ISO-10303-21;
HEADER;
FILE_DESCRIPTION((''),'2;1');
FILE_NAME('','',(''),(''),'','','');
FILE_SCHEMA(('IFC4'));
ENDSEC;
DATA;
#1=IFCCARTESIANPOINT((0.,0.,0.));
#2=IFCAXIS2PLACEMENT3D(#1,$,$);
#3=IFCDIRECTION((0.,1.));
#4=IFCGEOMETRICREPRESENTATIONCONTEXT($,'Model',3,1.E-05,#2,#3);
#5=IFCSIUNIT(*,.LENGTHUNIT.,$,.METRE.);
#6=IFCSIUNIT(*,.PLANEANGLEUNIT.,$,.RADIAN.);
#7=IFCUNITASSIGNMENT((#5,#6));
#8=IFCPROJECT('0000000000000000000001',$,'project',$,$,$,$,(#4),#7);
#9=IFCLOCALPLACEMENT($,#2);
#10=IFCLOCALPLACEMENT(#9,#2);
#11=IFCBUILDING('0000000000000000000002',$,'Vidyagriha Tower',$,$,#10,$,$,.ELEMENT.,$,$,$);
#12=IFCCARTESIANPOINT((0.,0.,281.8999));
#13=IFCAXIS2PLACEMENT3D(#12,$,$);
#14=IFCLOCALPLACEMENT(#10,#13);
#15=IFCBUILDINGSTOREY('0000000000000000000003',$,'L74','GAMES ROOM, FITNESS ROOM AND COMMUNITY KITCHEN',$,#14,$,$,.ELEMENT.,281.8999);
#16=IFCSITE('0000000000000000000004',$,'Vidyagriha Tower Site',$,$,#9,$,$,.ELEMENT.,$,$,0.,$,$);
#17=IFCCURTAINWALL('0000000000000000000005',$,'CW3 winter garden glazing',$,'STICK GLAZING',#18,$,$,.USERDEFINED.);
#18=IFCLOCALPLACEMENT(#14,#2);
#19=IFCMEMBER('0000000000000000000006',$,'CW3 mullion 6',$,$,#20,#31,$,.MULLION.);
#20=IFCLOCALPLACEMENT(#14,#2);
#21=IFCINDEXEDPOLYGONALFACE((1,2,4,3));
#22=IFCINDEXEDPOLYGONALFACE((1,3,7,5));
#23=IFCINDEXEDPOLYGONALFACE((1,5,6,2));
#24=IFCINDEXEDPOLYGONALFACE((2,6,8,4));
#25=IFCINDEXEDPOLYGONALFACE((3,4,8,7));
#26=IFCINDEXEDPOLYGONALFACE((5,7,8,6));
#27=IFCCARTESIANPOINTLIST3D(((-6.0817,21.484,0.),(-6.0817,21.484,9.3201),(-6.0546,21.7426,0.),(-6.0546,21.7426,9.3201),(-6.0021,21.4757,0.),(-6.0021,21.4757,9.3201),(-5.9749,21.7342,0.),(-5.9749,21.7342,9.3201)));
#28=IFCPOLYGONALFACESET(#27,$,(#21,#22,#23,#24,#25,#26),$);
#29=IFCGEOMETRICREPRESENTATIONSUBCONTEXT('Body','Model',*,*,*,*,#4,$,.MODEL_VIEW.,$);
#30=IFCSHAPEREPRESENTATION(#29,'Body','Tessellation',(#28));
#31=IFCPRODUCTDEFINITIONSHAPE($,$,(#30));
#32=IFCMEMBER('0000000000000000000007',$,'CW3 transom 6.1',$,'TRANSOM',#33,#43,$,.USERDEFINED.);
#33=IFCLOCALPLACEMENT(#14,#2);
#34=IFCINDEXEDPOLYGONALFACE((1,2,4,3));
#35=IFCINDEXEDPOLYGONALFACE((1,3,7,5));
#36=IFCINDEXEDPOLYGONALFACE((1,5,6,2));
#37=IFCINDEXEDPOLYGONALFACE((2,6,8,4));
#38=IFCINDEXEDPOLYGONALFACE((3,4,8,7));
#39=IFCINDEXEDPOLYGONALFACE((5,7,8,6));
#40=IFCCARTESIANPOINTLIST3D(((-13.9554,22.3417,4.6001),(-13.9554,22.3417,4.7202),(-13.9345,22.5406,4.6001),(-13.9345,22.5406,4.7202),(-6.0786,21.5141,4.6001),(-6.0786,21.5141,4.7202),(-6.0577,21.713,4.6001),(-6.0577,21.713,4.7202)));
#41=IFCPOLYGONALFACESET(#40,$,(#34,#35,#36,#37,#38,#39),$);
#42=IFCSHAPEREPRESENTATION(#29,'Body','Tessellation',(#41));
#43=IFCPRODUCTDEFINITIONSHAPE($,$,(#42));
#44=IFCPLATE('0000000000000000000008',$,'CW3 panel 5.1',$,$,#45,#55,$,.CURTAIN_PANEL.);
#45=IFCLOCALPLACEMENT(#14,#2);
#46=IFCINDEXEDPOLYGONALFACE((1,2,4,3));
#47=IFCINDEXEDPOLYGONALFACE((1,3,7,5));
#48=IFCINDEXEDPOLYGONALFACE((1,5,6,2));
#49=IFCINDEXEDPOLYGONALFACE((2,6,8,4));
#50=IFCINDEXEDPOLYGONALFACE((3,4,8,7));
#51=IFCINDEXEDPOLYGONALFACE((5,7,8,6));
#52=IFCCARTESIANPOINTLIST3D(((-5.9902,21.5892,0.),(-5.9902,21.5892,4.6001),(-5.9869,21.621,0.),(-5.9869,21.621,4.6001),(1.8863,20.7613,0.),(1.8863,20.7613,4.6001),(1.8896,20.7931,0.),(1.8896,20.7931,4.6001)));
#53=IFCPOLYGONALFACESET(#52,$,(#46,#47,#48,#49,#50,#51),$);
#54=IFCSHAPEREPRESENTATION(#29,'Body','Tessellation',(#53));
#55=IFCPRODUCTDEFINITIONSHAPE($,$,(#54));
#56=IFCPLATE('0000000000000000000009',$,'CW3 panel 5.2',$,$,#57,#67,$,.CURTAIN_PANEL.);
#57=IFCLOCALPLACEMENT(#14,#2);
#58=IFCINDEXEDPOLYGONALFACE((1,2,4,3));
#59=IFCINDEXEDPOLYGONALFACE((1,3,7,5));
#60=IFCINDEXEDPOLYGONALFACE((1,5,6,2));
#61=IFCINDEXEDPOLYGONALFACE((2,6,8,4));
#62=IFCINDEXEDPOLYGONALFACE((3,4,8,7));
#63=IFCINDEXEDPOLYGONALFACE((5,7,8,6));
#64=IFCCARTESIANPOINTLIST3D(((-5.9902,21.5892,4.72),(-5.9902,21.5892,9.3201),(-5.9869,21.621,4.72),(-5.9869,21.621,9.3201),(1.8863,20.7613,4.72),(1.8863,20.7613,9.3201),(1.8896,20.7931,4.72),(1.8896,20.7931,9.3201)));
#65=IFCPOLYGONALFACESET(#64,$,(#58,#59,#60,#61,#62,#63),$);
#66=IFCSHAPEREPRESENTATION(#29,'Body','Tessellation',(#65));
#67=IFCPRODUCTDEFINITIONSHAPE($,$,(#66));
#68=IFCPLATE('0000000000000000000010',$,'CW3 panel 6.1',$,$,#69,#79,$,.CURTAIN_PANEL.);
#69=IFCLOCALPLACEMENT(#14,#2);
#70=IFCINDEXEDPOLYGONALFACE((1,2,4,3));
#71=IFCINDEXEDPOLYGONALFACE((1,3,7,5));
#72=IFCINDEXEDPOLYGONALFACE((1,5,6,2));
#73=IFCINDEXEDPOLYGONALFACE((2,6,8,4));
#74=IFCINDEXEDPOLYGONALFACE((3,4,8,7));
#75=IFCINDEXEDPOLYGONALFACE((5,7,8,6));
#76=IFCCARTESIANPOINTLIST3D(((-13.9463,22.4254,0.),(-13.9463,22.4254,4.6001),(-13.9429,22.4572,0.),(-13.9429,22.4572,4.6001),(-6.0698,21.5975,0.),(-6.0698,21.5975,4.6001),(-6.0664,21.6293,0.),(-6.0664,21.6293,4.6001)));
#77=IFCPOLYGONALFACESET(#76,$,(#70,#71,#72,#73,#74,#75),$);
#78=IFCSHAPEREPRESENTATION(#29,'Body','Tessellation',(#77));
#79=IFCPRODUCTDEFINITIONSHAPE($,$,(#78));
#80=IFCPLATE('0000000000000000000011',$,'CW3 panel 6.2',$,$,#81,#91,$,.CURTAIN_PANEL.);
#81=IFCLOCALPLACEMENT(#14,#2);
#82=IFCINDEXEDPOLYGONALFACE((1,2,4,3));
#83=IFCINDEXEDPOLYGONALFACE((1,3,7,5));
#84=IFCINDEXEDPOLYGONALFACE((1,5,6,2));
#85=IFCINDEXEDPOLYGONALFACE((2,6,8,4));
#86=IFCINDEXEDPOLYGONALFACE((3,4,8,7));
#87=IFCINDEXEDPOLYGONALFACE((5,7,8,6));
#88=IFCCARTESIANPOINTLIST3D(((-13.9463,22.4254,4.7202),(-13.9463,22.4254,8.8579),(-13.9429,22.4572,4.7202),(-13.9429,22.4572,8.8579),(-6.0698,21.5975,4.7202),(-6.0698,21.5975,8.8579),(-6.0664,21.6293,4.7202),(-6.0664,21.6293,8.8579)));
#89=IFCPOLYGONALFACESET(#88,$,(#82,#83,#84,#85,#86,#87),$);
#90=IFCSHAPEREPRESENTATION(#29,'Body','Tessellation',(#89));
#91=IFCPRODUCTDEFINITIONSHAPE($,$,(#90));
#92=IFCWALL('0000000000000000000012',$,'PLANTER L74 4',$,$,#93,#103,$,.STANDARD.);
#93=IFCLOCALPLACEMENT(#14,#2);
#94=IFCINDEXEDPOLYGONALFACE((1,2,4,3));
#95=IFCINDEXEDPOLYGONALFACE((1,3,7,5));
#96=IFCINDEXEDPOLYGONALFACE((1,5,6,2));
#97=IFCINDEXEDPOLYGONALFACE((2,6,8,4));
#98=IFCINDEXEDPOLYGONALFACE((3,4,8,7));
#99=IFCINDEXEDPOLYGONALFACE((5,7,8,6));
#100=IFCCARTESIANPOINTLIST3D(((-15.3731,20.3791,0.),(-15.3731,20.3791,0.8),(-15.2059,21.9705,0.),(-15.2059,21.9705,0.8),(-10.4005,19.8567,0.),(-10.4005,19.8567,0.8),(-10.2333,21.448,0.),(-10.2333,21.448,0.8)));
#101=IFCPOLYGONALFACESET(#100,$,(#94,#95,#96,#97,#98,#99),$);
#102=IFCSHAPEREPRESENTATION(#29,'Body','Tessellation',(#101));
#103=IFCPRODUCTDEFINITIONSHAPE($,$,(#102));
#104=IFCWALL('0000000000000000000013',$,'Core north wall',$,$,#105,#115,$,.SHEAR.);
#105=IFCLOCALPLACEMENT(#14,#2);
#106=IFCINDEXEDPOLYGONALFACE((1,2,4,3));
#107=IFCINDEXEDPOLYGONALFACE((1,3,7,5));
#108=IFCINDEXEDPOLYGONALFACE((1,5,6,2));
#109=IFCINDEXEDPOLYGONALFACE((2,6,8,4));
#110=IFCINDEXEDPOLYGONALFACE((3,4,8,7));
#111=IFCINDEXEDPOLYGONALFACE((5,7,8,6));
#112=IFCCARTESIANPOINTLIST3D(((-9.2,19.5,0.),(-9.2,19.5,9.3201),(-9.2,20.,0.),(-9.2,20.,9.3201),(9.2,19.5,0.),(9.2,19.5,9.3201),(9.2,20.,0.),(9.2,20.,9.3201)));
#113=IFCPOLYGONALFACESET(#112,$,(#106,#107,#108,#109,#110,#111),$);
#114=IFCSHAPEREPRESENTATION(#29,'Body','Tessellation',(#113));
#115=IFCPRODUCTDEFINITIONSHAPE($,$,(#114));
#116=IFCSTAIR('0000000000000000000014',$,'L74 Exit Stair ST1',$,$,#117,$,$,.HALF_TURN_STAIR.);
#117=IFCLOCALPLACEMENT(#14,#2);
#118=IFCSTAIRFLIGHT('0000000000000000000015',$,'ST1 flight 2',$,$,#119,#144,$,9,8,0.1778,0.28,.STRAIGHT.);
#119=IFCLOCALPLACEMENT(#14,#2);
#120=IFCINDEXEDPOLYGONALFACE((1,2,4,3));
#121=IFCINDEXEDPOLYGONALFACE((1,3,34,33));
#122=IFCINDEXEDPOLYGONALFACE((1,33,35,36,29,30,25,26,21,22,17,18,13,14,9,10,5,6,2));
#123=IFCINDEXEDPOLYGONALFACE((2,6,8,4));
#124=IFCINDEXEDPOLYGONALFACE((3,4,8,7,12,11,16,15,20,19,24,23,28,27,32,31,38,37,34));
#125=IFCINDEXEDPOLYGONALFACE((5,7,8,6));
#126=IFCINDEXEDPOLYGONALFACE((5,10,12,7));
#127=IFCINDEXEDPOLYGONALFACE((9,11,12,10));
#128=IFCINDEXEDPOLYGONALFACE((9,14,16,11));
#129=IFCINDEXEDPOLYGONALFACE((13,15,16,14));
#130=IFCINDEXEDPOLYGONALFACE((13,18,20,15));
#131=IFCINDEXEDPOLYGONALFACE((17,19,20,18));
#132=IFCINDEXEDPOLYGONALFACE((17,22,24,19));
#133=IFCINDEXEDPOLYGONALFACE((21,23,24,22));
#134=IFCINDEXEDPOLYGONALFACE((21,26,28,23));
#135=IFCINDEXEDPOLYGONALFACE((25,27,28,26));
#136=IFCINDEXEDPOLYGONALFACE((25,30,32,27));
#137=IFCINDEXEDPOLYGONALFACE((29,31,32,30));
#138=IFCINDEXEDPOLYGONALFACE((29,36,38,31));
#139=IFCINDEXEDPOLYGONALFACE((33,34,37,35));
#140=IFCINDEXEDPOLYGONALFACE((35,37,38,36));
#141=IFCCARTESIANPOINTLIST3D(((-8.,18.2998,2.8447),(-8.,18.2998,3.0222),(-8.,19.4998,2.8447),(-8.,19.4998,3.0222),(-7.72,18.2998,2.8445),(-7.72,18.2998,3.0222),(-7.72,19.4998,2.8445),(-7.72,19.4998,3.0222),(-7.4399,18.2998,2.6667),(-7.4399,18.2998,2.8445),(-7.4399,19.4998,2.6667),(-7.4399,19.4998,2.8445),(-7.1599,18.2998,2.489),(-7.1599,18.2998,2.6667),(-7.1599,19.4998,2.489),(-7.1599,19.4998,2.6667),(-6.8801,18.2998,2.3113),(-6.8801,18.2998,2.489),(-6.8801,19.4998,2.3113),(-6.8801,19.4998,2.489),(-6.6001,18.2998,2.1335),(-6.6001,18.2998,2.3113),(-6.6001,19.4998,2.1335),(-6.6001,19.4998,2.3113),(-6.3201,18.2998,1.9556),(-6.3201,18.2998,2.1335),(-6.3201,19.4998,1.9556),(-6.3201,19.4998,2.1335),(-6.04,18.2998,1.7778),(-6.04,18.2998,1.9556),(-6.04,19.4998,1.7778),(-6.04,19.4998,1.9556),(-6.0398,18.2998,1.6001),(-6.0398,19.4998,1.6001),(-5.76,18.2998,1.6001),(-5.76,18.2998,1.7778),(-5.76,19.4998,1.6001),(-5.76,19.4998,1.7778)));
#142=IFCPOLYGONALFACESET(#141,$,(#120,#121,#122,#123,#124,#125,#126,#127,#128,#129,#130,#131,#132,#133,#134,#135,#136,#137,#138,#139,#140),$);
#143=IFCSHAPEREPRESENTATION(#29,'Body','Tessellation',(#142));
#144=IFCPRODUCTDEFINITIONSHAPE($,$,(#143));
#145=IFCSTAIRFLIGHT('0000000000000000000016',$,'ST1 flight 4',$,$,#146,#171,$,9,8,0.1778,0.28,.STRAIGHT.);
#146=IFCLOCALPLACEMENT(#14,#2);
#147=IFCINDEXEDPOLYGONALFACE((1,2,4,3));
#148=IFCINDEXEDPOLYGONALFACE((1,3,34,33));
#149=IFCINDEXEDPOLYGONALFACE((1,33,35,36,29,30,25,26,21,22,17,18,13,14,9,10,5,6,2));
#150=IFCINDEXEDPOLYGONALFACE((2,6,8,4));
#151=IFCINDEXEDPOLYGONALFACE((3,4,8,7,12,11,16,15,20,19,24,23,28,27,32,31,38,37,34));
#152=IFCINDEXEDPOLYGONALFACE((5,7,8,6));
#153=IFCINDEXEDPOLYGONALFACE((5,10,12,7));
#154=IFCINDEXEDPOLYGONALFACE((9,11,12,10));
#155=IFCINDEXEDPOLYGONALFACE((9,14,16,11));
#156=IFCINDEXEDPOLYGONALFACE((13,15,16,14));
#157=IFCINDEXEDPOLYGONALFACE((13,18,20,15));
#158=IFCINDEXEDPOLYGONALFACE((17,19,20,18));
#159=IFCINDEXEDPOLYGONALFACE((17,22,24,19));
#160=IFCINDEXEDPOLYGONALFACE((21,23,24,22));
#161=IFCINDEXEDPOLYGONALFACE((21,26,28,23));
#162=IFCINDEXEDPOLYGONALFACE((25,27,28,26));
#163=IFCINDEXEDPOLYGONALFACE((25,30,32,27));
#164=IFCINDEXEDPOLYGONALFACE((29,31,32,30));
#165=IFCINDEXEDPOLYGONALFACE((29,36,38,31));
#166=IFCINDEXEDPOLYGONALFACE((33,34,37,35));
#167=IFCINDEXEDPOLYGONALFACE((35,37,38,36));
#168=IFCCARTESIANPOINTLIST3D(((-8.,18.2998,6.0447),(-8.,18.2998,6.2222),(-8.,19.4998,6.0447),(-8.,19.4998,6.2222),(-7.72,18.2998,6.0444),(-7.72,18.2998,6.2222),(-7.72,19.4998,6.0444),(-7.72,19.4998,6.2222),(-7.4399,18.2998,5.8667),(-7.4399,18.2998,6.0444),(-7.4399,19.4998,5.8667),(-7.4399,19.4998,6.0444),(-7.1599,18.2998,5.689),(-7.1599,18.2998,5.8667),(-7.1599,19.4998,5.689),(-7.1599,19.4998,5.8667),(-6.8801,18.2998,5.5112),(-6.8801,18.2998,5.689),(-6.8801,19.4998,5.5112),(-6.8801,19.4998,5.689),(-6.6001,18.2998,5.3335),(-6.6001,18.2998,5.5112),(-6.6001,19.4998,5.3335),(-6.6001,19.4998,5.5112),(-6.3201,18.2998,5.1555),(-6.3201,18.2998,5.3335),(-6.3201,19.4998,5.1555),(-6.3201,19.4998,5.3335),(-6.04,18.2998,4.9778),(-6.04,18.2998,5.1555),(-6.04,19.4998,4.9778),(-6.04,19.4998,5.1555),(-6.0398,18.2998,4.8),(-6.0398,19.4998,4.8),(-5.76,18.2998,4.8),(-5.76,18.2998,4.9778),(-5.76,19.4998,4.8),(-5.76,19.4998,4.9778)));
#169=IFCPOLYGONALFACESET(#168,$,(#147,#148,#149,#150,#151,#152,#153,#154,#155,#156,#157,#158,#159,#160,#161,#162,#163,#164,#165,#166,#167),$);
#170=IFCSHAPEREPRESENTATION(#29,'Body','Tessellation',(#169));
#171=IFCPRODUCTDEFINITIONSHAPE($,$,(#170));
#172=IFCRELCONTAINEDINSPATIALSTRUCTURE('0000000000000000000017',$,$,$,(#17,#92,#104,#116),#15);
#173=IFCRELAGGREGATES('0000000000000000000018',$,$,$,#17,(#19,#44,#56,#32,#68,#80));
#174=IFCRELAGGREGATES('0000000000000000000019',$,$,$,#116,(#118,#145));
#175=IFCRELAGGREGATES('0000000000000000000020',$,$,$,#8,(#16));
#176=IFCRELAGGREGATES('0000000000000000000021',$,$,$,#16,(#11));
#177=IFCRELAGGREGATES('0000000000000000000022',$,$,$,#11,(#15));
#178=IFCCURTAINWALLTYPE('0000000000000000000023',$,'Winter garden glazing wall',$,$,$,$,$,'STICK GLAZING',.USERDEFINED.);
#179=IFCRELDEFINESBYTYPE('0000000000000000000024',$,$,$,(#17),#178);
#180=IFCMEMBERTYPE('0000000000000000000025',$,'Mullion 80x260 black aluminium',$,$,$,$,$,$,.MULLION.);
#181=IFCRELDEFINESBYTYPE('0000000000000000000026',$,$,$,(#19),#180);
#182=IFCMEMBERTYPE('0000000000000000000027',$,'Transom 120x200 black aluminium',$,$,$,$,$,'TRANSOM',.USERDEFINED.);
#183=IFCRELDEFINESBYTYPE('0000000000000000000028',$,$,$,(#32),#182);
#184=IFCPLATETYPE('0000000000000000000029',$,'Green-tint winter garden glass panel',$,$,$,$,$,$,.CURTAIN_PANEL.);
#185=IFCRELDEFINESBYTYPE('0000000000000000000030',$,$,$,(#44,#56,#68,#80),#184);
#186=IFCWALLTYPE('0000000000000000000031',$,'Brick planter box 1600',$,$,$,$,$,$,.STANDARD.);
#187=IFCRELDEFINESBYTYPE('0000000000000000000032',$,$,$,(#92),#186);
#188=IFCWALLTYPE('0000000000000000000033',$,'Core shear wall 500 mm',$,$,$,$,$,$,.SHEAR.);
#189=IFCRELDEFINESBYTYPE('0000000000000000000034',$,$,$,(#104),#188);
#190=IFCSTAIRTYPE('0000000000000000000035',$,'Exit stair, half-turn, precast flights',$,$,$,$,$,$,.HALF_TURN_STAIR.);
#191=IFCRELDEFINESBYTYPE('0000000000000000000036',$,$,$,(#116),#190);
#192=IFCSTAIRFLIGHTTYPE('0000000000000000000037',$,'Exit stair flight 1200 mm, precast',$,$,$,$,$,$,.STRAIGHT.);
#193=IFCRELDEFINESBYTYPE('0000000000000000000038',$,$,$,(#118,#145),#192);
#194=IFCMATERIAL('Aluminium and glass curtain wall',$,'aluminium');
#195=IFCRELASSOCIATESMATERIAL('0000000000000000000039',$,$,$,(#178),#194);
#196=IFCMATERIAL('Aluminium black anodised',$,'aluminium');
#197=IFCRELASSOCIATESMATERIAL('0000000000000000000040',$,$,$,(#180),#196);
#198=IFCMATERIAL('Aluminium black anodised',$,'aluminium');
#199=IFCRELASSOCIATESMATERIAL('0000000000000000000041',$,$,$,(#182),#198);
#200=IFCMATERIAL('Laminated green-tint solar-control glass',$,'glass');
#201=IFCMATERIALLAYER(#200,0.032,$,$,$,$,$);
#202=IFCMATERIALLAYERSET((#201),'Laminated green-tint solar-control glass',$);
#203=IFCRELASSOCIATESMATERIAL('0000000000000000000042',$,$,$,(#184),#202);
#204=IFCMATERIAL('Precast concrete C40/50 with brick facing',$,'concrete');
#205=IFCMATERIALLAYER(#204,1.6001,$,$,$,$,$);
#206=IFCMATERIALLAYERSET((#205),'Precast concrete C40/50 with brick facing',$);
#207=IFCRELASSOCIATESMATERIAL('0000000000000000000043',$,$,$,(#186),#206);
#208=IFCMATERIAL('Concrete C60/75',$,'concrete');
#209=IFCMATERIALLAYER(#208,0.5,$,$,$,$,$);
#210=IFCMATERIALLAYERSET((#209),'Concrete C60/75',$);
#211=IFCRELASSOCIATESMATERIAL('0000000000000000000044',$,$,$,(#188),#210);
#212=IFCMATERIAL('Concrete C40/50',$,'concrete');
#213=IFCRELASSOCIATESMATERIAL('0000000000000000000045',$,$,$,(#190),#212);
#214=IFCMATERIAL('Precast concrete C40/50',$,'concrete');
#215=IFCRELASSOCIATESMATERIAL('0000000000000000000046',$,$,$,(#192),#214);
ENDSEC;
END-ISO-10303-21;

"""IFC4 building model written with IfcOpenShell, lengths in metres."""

from ifc_helpers import new_model, si_unit, direction, frame, frame_2d, origin, origin_2d, place, context, subcontext, project, spatial, polyline, rectangle, outline, extrude, material, layer, layer_set, material_profile, profile_set, type_object, element, aggregate, save


model = new_model("IFC4")

# Units and contexts
model_context = context("Model", 3, precision=1e-05, world=origin(), true_north=direction((0.0, 1.0)))
body_context = subcontext(model_context, "Body", "Model", "MODEL_VIEW")
ifc_project = project(units=[si_unit("LENGTHUNIT", "METRE"), si_unit("PLANEANGLEUNIT", "RADIAN")], contexts=[model_context])

# Site, building, storey
site_placement = place(None, origin())
site = spatial("IfcSite", under=ifc_project, at=site_placement, Name="Vidyagriha Tower Site", CompositionType="ELEMENT", RefElevation=0.0)
building_placement = place(site_placement, origin())
building = spatial("IfcBuilding", under=site, at=building_placement, Name="Vidyagriha Tower", CompositionType="ELEMENT")
storey_placement = place(building_placement, frame((0.0, 0.0, 281.8999)))
storey = spatial("IfcBuildingStorey", under=building, at=storey_placement, Name="L74", Description="GAMES ROOM, FITNESS ROOM AND COMMUNITY KITCHEN", CompositionType="ELEMENT", Elevation=281.8999)

# Curtain wall, members, plates
ifc_material_1 = material(Name="Aluminium and glass curtain wall", Category="aluminium")
curtain_wall_type = type_object("IfcCurtainWallType", Name="Winter garden glazing wall", ElementType="STICK GLAZING", PredefinedType="USERDEFINED", material=ifc_material_1)
curtain_wall_placement = place(storey_placement, origin())
curtain_wall = element("IfcCurtainWall", 1, at=curtain_wall_placement, inside=storey, type_object=curtain_wall_type, Name="CW3 winter garden glazing", ObjectType="STICK GLAZING", PredefinedType="USERDEFINED")
ifc_material_2 = material(Name="Aluminium black anodised", Category="aluminium")
ifc_material_profile_1 = material_profile(ifc_material_2, rectangle(XDim=0.26, YDim=0.0801, at=origin_2d()), Name="Mullion 80x260 black aluminium")
ifc_profile_set_1 = profile_set([ifc_material_profile_1], Name="Aluminium black anodised")
member_type_1 = type_object("IfcMemberType", Name="Mullion 80x260 black aluminium", PredefinedType="MULLION", material=ifc_profile_set_1)
member_1_placement = place(storey_placement, frame((-6.0283, 21.6091, 0.0), z_axis=(0.0, 0.0, 1.0), x_axis=(-0.104528, -0.994522, 0.0)))
member_1 = element("IfcMember", 2, at=member_1_placement, type_object=member_type_1, Name="CW3 mullion 6", PredefinedType="MULLION", context=body_context, shape_type="SweptSolid", body=[
    extrude(rectangle(XDim=0.26, YDim=0.0801, at=origin_2d()), origin(), (0.0, 0.0, 1.0), 9.3201),
])
ifc_material_3 = material(Name="Aluminium black anodised", Category="aluminium")
ifc_material_profile_2 = material_profile(ifc_material_3, rectangle(XDim=0.2, YDim=0.1201, at=origin_2d()), Name="Transom 120x200 black aluminium")
ifc_profile_set_2 = profile_set([ifc_material_profile_2], Name="Aluminium black anodised")
member_type_2 = type_object("IfcMemberType", Name="Transom 120x200 black aluminium", ElementType="TRANSOM", PredefinedType="USERDEFINED", material=ifc_profile_set_2)
member_2_placement = place(storey_placement, frame((-6.0681, 21.6135, 4.6602), z_axis=(-0.994525, 0.104499, 0.0), x_axis=(-0.104499, -0.994525, 0.0)))
member_2 = element("IfcMember", 3, at=member_2_placement, type_object=member_type_2, Name="CW3 transom 6.1", ObjectType="TRANSOM", PredefinedType="USERDEFINED", context=body_context, shape_type="SweptSolid", body=[
    extrude(rectangle(XDim=0.2, YDim=0.1201, at=origin_2d()), origin(), (0.0, 0.0, 1.0), 7.9202),
])
ifc_material_4 = material(Name="Laminated green-tint solar-control glass", Category="glass")
ifc_layer_1 = layer(ifc_material_4, 0.032)
ifc_layer_set_1 = layer_set([ifc_layer_1], Name="Laminated green-tint solar-control glass")
plate_type = type_object("IfcPlateType", Name="Green-tint winter garden glass panel", PredefinedType="CURTAIN_PANEL", material=ifc_layer_set_1)
plate_1_placement = place(storey_placement, frame((-2.0503, 21.1912, 0.0), z_axis=(0.0, 0.0, 1.0), x_axis=(-0.994522, 0.104528, 0.0)))
plate_1 = element("IfcPlate", 4, at=plate_1_placement, type_object=plate_type, Name="CW3 panel 5.1", PredefinedType="CURTAIN_PANEL", context=body_context, shape_type="SweptSolid", body=[
    extrude(rectangle(XDim=7.9199, YDim=0.032, at=origin_2d()), origin(), (0.0, 0.0, 1.0), 4.6001),
])
plate_2_placement = place(storey_placement, frame((-2.0503, 21.1912, 4.72), z_axis=(0.0, 0.0, 1.0), x_axis=(-0.994522, 0.104528, 0.0)))
plate_2 = element("IfcPlate", 5, at=plate_2_placement, type_object=plate_type, Name="CW3 panel 5.2", PredefinedType="CURTAIN_PANEL", context=body_context, shape_type="SweptSolid", body=[
    extrude(rectangle(XDim=7.9199, YDim=0.032, at=origin_2d()), origin(), (0.0, 0.0, 1.0), 4.6001),
])
plate_3_placement = place(storey_placement, frame((-10.0063, 22.0273, 0.0), z_axis=(0.0, 0.0, 1.0), x_axis=(-0.994522, 0.104528, 0.0)))
plate_3 = element("IfcPlate", 6, at=plate_3_placement, type_object=plate_type, Name="CW3 panel 6.1", PredefinedType="CURTAIN_PANEL", context=body_context, shape_type="SweptSolid", body=[
    extrude(rectangle(XDim=7.9199, YDim=0.032, at=origin_2d()), origin(), (0.0, 0.0, 1.0), 4.6001),
])
plate_4_placement = place(storey_placement, frame((-10.0063, 22.0273, 4.7202), z_axis=(0.0, 0.0, 1.0), x_axis=(-0.994522, 0.104528, 0.0)))
plate_4 = element("IfcPlate", 7, at=plate_4_placement, type_object=plate_type, Name="CW3 panel 6.2", PredefinedType="CURTAIN_PANEL", context=body_context, shape_type="SweptSolid", body=[
    extrude(rectangle(XDim=7.9199, YDim=0.032, at=origin_2d()), origin(), (0.0, 0.0, 1.0), 4.1377),
])
aggregate(curtain_wall, [member_1, plate_1, plate_2, member_2, plate_3, plate_4])

# Walls
ifc_material_5 = material(Name="Precast concrete C40/50 with brick facing", Category="concrete")
ifc_layer_2 = layer(ifc_material_5, 1.6001)
ifc_layer_set_2 = layer_set([ifc_layer_2], Name="Precast concrete C40/50 with brick facing")
wall_type_1 = type_object("IfcWallType", Name="Brick planter box 1600", PredefinedType="STANDARD", material=ifc_layer_set_2)
wall_1_placement = place(storey_placement, frame((-10.3169, 20.6523, 0.0), z_axis=(0.0, 0.0, 1.0), x_axis=(-0.994526, 0.104492, 0.0)))
element("IfcWall", 8, at=wall_1_placement, inside=storey, type_object=wall_type_1, Name="PLANTER L74 4", PredefinedType="STANDARD", context=body_context, shape_type="SweptSolid", body=[
    extrude(rectangle(XDim=5.0, YDim=1.6001, at=frame_2d((2.5, 0.0))), origin(), (0.0, 0.0, 1.0), 0.8),
])
ifc_material_6 = material(Name="Concrete C60/75", Category="concrete")
ifc_layer_3 = layer(ifc_material_6, 0.5)
ifc_layer_set_3 = layer_set([ifc_layer_3], Name="Concrete C60/75")
wall_type_2 = type_object("IfcWallType", Name="Core shear wall 500 mm", PredefinedType="SHEAR", material=ifc_layer_set_3)
wall_2_placement = place(storey_placement, frame((-9.2, 19.75, 0.0)))
element("IfcWall", 9, at=wall_2_placement, inside=storey, type_object=wall_type_2, Name="Core north wall", PredefinedType="SHEAR", context=body_context, shape_type="SweptSolid", body=[
    extrude(rectangle(XDim=18.3999, YDim=0.5, at=frame_2d((9.2, 0.0))), origin(), (0.0, 0.0, 1.0), 9.3201),
])

# Stair, stair flights
ifc_material_7 = material(Name="Concrete C40/50", Category="concrete")
stair_type = type_object("IfcStairType", Name="Exit stair, half-turn, precast flights", PredefinedType="HALF_TURN_STAIR", material=ifc_material_7)
stair_placement = place(storey_placement, origin())
stair = element("IfcStair", 10, at=stair_placement, inside=storey, type_object=stair_type, Name="L74 Exit Stair ST1", PredefinedType="HALF_TURN_STAIR")
ifc_material_8 = material(Name="Precast concrete C40/50", Category="concrete")
stair_flight_type = type_object("IfcStairFlightType", Name="Exit stair flight 1200 mm, precast", PredefinedType="STRAIGHT", material=ifc_material_8)
stair_flight_1_placement = place(storey_placement, frame((-5.76, 18.8999, 1.6001), z_axis=(0.0, 0.0, 1.0), x_axis=(-1.0, 0.0, 0.0)))
stair_flight_1 = element("IfcStairFlight", 11, at=stair_flight_1_placement, type_object=stair_flight_type, Name="ST1 flight 2", NumberOfRisers=9, NumberOfTreads=8, PredefinedType="STRAIGHT", RiserHeight=0.1778, TreadLength=0.28, context=body_context, shape_type="SweptSolid", body=[
    extrude(outline(polyline([(0.0, 0.0), (0.0, 0.1777), (0.28, 0.1777), (0.28, 0.3555), (0.5601, 0.3555), (0.5601, 0.5334), (0.8401, 0.5334), (0.8401, 0.7112), (1.1201, 0.7112), (1.1201, 0.8889), (1.3999, 0.8889), (1.3999, 1.0667), (1.6799, 1.0667), (1.6799, 1.2444), (1.96, 1.2444), (1.96, 1.4221), (2.24, 1.4221), (2.24, 1.6001), (2.24, 1.2446), (0.2798, 0.0), (0.0, 0.0)])), frame((0.0, 0.6001, 0.0), z_axis=(0.0, -1.0, 0.0), x_axis=(1.0, 0.0, 0.0)), (0.0, 0.0, 1.0), 1.2),
])
stair_flight_2_placement = place(storey_placement, frame((-5.76, 18.8999, 4.8), z_axis=(0.0, 0.0, 1.0), x_axis=(-1.0, 0.0, 0.0)))
stair_flight_2 = element("IfcStairFlight", 12, at=stair_flight_2_placement, type_object=stair_flight_type, Name="ST1 flight 4", NumberOfRisers=9, NumberOfTreads=8, PredefinedType="STRAIGHT", RiserHeight=0.1778, TreadLength=0.28, context=body_context, shape_type="SweptSolid", body=[
    extrude(outline(polyline([(0.0, 0.0), (0.0, 0.1777), (0.28, 0.1777), (0.28, 0.3555), (0.5601, 0.3555), (0.5601, 0.5334), (0.8401, 0.5334), (0.8401, 0.7112), (1.1201, 0.7112), (1.1201, 0.8889), (1.3999, 0.8889), (1.3999, 1.0667), (1.6799, 1.0667), (1.6799, 1.2444), (1.96, 1.2444), (1.96, 1.4221), (2.24, 1.4221), (2.24, 1.6001), (2.24, 1.2446), (0.2798, 0.0), (0.0, 0.0)])), frame((0.0, 0.6001, 0.0), z_axis=(0.0, -1.0, 0.0), x_axis=(1.0, 0.0, 0.0)), (0.0, 0.0, 1.0), 1.2),
])
aggregate(stair, [stair_flight_1, stair_flight_2])

save(model, "model.ifc")
